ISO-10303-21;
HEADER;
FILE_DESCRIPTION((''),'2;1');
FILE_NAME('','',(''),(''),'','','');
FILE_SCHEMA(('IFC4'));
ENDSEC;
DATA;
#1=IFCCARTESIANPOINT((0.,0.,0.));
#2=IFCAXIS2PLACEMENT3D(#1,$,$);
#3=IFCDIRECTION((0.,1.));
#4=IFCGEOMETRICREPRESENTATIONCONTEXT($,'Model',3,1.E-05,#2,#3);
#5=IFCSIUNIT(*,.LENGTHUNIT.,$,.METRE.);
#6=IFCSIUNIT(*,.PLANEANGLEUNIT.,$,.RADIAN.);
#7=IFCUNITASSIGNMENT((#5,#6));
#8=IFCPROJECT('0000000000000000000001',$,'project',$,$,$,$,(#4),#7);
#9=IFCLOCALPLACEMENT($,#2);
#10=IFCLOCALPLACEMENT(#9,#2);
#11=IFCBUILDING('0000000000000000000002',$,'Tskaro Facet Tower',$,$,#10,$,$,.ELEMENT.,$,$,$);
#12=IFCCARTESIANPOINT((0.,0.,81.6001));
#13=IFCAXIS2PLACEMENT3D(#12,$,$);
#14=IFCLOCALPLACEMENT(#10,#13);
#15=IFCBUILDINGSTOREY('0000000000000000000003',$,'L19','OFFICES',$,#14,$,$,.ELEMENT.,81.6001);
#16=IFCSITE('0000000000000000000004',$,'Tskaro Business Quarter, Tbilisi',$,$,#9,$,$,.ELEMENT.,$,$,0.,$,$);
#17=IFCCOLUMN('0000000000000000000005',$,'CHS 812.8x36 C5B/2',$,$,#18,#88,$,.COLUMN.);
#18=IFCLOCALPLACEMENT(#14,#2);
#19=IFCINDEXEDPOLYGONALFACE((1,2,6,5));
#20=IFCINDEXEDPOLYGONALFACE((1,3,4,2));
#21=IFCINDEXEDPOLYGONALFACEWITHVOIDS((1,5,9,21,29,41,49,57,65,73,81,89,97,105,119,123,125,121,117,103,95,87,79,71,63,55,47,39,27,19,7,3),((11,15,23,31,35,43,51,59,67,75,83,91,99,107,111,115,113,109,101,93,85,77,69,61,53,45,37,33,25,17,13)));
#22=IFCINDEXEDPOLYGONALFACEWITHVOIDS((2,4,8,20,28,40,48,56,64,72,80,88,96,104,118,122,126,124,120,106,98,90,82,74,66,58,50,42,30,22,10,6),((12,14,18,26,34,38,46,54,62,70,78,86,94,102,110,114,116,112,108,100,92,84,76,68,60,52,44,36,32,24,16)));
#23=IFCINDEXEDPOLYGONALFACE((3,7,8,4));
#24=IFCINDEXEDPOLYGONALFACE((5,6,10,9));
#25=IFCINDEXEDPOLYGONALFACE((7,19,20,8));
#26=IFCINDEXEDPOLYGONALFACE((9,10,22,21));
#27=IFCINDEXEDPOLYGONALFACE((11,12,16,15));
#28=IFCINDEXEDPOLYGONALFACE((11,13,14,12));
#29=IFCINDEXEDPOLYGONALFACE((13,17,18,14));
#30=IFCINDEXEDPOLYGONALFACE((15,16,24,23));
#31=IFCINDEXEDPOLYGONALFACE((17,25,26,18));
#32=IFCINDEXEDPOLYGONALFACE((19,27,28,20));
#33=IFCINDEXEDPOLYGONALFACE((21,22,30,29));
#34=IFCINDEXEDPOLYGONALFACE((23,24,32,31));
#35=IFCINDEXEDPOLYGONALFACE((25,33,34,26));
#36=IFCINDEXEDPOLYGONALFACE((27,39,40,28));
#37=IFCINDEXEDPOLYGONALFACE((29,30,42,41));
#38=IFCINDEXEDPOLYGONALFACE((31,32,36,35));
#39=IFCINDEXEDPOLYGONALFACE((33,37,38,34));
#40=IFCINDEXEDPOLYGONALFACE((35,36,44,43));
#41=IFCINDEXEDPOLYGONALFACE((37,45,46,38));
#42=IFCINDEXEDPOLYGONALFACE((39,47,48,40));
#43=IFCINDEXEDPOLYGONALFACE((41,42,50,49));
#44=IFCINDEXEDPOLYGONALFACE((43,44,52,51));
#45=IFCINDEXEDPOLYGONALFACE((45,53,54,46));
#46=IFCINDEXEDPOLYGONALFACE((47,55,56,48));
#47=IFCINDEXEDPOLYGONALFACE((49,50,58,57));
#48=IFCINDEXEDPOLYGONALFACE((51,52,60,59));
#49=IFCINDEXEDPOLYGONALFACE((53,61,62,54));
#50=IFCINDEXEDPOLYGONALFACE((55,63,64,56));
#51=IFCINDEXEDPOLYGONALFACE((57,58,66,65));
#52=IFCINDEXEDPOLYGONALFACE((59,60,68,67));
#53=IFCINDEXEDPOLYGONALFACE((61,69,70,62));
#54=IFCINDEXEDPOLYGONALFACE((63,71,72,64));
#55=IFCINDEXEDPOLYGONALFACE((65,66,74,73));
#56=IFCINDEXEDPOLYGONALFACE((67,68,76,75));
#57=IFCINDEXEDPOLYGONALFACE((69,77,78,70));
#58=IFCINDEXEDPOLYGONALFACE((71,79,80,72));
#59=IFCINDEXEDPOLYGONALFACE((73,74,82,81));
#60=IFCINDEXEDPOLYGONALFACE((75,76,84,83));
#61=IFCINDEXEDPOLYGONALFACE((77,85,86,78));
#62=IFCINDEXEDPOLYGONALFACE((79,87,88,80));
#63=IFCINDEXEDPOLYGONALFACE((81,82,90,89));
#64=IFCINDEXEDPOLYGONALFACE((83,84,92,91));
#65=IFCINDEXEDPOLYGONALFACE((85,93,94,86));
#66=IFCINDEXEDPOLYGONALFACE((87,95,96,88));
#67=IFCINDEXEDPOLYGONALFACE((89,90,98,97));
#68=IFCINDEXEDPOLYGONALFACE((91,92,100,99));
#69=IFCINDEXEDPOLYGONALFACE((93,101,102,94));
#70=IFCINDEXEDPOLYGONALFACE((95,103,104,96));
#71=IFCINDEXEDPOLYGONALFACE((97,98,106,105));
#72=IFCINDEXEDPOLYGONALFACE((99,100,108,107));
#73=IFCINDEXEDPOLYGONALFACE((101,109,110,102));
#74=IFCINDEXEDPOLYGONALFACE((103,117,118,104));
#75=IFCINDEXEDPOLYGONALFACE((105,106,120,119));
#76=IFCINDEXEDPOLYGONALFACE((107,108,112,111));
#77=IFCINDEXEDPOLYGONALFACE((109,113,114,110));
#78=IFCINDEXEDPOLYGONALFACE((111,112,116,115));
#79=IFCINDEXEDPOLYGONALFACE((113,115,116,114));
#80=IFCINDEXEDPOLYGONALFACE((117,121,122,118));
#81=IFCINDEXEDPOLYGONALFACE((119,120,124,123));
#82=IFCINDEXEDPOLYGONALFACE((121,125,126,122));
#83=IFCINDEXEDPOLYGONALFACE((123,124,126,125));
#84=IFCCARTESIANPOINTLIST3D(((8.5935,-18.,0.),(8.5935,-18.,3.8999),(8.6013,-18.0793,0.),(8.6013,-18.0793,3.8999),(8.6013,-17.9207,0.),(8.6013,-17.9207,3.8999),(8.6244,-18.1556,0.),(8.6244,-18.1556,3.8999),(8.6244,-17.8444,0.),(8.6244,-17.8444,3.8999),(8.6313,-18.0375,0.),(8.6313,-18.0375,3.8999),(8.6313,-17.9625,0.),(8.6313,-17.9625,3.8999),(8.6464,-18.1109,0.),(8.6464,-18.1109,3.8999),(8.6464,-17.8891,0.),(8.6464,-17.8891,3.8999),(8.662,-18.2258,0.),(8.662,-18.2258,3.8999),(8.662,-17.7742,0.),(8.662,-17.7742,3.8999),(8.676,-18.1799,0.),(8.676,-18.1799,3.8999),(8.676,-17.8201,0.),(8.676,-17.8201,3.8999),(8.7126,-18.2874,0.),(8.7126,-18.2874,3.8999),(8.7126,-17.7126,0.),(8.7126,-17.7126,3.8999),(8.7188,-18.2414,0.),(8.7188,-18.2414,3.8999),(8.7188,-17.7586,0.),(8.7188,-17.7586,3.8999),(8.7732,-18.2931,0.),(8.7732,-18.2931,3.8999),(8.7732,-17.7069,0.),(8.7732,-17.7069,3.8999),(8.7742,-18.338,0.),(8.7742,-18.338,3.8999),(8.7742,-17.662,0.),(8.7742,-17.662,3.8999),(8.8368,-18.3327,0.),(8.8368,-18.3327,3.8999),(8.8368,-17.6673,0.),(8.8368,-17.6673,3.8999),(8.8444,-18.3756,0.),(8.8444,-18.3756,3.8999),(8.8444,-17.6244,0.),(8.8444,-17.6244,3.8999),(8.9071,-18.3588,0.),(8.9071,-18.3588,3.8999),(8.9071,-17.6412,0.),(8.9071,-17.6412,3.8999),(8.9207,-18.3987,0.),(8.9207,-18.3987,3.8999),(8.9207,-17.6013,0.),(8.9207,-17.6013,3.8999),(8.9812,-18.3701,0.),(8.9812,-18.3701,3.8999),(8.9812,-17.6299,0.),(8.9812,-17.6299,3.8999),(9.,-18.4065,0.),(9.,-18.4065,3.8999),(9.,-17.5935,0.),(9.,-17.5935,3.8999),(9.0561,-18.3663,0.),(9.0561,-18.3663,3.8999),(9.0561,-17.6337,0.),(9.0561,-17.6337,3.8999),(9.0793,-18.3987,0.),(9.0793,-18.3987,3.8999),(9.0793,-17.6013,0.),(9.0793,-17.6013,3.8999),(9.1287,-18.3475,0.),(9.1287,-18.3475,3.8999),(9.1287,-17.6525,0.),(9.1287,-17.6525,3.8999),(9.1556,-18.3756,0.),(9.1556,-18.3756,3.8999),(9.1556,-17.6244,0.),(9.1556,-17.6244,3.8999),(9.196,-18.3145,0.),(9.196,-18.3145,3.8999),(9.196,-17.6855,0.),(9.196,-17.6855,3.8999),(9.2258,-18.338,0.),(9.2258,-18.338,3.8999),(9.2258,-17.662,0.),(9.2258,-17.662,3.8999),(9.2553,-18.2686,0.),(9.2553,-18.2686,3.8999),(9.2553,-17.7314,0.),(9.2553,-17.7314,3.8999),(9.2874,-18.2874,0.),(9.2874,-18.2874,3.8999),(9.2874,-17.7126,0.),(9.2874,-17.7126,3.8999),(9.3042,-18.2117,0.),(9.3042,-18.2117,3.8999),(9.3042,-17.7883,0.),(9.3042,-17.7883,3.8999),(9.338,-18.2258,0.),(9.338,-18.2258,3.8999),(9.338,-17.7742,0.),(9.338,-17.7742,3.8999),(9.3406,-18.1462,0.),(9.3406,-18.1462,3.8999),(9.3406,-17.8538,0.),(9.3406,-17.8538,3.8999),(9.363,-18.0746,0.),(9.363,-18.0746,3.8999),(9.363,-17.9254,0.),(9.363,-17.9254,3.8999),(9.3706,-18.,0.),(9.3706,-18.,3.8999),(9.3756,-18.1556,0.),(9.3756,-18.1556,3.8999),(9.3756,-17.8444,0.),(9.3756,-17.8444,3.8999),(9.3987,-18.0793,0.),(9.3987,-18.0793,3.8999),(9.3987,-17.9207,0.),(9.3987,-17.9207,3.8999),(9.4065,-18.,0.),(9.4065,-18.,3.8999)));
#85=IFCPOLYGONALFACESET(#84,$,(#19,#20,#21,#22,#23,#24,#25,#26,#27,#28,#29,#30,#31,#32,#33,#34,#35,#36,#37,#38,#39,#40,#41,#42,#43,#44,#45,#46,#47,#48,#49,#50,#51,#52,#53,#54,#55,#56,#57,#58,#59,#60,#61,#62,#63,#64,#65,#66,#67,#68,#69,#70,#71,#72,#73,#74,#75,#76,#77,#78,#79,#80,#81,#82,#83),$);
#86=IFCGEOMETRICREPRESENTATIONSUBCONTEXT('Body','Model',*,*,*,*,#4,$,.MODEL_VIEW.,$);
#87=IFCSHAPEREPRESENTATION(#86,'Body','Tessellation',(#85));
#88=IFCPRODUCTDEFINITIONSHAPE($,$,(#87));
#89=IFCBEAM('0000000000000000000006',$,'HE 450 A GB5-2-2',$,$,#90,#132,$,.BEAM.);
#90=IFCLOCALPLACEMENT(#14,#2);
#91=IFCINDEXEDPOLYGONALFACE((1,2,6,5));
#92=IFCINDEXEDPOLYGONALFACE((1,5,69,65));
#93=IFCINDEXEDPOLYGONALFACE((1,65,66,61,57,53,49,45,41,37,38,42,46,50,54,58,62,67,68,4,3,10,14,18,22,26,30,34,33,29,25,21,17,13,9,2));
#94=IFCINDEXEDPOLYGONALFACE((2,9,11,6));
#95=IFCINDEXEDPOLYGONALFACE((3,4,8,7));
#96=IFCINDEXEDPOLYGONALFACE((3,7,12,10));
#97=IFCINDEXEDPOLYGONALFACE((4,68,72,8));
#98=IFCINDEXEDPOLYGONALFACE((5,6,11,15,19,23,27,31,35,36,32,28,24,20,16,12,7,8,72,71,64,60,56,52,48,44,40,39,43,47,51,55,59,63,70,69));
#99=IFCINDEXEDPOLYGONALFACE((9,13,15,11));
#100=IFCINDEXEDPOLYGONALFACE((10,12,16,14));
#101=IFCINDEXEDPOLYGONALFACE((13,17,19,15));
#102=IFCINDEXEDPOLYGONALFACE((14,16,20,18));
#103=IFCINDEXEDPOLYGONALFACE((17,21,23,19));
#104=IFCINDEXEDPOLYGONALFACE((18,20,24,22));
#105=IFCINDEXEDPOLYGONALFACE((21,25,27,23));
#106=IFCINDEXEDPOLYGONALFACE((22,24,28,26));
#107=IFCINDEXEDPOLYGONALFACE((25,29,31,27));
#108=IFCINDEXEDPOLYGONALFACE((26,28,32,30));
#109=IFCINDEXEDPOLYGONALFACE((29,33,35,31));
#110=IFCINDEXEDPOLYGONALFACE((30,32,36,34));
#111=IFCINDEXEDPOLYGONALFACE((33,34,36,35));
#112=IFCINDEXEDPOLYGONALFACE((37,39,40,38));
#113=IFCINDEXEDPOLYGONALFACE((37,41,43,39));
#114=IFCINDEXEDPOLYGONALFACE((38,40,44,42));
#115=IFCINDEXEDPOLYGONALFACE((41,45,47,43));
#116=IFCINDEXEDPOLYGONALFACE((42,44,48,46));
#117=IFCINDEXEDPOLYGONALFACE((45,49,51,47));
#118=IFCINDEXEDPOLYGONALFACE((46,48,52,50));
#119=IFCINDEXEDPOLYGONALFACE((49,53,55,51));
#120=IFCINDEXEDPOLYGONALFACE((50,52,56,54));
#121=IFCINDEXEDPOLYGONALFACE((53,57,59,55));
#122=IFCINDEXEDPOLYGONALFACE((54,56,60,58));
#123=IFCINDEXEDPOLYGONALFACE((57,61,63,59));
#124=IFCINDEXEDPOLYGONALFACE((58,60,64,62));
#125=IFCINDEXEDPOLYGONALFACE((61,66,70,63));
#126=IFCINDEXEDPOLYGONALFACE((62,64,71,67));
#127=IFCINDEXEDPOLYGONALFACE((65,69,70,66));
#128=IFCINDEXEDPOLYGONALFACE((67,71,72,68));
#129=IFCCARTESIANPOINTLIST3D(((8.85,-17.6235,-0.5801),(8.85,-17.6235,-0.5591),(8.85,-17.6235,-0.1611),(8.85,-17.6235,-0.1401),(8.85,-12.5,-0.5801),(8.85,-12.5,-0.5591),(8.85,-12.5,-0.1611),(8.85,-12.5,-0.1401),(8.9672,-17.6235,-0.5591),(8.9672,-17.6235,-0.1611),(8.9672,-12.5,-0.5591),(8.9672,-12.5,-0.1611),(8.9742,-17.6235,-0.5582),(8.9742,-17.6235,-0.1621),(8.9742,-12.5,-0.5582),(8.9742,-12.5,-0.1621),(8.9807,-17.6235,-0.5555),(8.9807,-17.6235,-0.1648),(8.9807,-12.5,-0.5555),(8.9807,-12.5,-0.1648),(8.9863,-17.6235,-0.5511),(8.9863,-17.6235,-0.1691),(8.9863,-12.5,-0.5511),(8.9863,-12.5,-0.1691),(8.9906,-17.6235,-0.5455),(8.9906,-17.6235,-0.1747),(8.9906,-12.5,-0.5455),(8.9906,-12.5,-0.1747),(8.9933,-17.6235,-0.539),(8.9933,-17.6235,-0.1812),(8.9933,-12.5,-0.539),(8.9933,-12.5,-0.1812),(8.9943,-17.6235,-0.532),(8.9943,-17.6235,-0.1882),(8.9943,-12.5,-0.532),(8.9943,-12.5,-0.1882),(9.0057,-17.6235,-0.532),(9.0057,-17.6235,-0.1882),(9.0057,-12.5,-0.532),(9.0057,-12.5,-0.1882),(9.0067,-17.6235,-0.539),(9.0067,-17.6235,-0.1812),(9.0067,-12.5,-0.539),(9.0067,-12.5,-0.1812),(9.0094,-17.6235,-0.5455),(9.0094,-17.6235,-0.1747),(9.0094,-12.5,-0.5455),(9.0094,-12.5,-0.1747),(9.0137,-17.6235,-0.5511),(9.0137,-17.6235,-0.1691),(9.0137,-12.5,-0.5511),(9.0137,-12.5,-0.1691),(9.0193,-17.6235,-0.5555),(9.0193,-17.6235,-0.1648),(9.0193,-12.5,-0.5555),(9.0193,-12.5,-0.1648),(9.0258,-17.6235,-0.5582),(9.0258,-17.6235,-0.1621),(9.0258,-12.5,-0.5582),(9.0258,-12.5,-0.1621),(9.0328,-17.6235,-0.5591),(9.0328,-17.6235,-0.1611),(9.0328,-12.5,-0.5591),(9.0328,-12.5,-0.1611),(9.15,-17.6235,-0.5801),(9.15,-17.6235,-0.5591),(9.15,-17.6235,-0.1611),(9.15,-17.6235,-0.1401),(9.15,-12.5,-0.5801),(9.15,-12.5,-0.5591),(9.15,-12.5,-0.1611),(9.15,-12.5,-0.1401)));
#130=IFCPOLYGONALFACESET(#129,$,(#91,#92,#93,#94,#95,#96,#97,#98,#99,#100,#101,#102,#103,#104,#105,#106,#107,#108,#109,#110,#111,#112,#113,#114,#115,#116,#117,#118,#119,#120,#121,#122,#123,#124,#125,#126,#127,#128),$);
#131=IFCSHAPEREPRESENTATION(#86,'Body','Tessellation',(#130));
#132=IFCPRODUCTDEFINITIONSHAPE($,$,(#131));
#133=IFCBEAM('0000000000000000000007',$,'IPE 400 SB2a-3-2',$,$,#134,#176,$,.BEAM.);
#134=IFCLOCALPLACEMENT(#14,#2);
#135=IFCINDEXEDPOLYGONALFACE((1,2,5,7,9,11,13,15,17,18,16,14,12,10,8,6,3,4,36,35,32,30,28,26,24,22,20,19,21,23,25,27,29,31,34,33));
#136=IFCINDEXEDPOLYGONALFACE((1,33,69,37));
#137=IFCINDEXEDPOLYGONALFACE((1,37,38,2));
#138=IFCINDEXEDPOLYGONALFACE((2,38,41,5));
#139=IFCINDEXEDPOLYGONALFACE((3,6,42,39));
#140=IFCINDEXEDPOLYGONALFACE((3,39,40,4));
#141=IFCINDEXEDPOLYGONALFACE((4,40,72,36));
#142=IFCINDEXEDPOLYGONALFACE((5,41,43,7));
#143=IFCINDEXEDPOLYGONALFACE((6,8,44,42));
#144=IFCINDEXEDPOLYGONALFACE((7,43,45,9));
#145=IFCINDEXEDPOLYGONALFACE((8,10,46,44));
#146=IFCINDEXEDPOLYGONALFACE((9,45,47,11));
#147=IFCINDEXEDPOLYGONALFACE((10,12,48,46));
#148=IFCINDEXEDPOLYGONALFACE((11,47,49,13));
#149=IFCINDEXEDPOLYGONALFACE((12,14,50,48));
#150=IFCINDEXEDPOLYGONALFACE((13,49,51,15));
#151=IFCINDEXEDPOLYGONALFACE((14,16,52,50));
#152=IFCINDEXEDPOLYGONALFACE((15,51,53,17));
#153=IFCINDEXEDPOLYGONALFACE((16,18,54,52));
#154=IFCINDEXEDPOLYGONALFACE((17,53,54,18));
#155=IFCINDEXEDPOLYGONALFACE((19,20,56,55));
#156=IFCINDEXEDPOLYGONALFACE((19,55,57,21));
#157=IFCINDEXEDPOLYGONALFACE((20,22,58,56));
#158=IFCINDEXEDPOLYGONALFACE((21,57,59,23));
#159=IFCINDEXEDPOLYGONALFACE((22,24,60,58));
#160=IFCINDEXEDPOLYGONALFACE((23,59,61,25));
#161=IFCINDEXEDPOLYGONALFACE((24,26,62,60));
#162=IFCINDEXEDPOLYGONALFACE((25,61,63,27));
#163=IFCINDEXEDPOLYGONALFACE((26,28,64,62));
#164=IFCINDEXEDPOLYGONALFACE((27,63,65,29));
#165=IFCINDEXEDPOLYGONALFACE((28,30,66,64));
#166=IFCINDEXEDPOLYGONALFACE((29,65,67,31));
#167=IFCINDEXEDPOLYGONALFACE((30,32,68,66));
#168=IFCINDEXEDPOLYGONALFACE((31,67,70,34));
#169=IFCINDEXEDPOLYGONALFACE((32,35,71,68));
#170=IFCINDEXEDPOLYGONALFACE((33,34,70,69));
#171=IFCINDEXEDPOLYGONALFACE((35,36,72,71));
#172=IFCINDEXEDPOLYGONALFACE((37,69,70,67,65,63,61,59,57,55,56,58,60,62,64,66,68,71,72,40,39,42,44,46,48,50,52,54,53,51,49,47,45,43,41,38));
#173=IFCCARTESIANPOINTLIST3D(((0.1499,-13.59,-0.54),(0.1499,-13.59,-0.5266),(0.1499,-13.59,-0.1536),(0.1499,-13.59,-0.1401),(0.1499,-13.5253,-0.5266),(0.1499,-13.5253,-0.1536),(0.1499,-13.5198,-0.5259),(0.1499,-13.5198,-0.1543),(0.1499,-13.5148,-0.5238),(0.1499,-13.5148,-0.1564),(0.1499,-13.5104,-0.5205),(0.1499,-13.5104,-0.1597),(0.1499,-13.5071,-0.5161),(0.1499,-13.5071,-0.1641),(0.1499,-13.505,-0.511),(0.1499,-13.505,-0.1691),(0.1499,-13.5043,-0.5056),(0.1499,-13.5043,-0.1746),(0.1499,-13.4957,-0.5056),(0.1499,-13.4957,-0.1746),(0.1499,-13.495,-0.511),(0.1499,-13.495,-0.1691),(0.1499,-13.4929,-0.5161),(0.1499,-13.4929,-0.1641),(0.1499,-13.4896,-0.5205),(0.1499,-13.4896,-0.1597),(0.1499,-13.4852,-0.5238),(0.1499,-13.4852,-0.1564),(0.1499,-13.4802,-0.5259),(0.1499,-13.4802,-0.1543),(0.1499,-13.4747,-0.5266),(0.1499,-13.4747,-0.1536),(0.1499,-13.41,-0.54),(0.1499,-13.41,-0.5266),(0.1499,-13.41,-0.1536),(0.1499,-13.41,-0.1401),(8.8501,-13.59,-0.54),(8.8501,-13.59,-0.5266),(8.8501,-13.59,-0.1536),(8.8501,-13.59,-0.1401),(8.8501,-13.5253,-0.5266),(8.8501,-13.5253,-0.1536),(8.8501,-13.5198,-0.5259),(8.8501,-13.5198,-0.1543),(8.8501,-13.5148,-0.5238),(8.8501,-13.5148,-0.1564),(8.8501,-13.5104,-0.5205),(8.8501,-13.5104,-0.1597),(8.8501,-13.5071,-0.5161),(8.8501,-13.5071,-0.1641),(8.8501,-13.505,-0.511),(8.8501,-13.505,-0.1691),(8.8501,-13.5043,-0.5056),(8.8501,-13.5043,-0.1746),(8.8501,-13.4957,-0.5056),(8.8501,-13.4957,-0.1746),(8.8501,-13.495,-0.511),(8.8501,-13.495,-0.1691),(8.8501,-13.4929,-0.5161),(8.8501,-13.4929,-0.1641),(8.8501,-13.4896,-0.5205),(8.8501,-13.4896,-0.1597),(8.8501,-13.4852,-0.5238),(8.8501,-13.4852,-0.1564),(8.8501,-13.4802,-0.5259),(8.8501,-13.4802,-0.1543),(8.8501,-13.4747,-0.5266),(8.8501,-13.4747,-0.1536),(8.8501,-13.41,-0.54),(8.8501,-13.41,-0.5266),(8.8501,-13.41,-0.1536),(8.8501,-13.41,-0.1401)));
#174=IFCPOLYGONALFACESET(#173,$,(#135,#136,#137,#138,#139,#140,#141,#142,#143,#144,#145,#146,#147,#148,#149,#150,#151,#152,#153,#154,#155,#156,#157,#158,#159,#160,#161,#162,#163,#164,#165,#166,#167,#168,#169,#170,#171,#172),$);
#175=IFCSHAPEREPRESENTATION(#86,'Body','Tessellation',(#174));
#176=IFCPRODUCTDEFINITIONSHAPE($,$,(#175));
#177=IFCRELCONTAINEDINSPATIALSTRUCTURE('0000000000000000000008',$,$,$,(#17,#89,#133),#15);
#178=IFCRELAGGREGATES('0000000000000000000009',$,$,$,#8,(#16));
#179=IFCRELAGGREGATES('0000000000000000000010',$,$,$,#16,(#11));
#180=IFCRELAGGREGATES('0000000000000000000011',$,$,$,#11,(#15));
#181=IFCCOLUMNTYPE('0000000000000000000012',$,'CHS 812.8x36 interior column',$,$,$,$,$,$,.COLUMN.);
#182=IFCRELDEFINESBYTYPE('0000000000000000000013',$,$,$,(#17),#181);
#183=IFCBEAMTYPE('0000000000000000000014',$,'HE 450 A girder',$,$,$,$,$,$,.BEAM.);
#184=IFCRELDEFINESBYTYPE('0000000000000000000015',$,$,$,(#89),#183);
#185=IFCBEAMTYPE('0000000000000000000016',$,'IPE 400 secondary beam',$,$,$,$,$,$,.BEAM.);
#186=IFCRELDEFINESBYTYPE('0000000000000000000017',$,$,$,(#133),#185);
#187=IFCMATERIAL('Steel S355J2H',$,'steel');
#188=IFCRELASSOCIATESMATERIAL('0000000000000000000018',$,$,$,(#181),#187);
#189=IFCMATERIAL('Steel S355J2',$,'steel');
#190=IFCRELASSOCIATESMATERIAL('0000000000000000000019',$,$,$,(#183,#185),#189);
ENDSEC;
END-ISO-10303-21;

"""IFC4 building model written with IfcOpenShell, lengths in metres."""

from ifc_helpers import new_model, si_unit, direction, frame, origin, origin_2d, place, context, subcontext, project, spatial, hollow_circle, i_section, extrude, material, material_profile, profile_set, type_object, element, save


model = new_model("IFC4")

# Units and contexts
model_context = context("Model", 3, precision=1e-05, world=origin(), true_north=direction((0.0, 1.0)))
body_context = subcontext(model_context, "Body", "Model", "MODEL_VIEW")
ifc_project = project(units=[si_unit("LENGTHUNIT", "METRE"), si_unit("PLANEANGLEUNIT", "RADIAN")], contexts=[model_context])

# Site, building, storey
site_placement = place(None, origin())
site = spatial("IfcSite", under=ifc_project, at=site_placement, Name="Tskaro Business Quarter, Tbilisi", CompositionType="ELEMENT", RefElevation=0.0)
building_placement = place(site_placement, origin())
building = spatial("IfcBuilding", under=site, at=building_placement, Name="Tskaro Facet Tower", CompositionType="ELEMENT")
storey_placement = place(building_placement, frame((0.0, 0.0, 81.6001)))
storey = spatial("IfcBuildingStorey", under=building, at=storey_placement, Name="L19", Description="OFFICES", CompositionType="ELEMENT", Elevation=81.6001)

# Column
ifc_material_1 = material(Name="Steel S355J2H", Category="steel")
ifc_material_profile_1 = material_profile(ifc_material_1, hollow_circle(Radius=0.4065, WallThickness=0.0359, at=origin_2d()), Name="CHS 812.8x36")
ifc_profile_set_1 = profile_set([ifc_material_profile_1], Name="Steel S355J2H")
column_type = type_object("IfcColumnType", Name="CHS 812.8x36 interior column", PredefinedType="COLUMN", material=ifc_profile_set_1)
column_placement = place(storey_placement, frame((9.0, -18.0, 0.0), z_axis=(0.0, 0.0, 1.0), x_axis=(1.0, 0.0, 0.0)))
element("IfcColumn", 1, at=column_placement, inside=storey, type_object=column_type, Name="CHS 812.8x36 C5B/2", PredefinedType="COLUMN", context=body_context, shape_type="SweptSolid", body=[
    extrude(hollow_circle(Radius=0.4065, WallThickness=0.0359, at=origin_2d()), origin(), (0.0, 0.0, 1.0), 3.8999),
])

# Beams
ifc_material_2 = material(Name="Steel S355J2", Category="steel")
ifc_material_profile_2 = material_profile(ifc_material_2, i_section(OverallWidth=0.3, OverallDepth=0.4399, WebThickness=0.0115, FlangeThickness=0.021, FilletRadius=0.0271, at=origin_2d()), Name="HE 450 A")
ifc_profile_set_2 = profile_set([ifc_material_profile_2], Name="Steel S355J2")
beam_type_1 = type_object("IfcBeamType", Name="HE 450 A girder", PredefinedType="BEAM", material=ifc_profile_set_2)
beam_1_placement = place(storey_placement, frame((9.0, -17.6235, -0.3601), z_axis=(0.0, 1.0, 0.0), x_axis=(-1.0, 0.0, 0.0)))
element("IfcBeam", 2, at=beam_1_placement, inside=storey, type_object=beam_type_1, Name="HE 450 A GB5-2-2", PredefinedType="BEAM", context=body_context, shape_type="SweptSolid", body=[
    extrude(i_section(OverallWidth=0.3, OverallDepth=0.4399, WebThickness=0.0115, FlangeThickness=0.021, FilletRadius=0.0271, at=origin_2d()), origin(), (0.0, 0.0, 1.0), 5.1235),
])
ifc_material_profile_3 = material_profile(ifc_material_2, i_section(OverallWidth=0.1799, OverallDepth=0.3999, WebThickness=0.0085, FlangeThickness=0.0134, FilletRadius=0.021, at=origin_2d()), Name="IPE 400")
ifc_profile_set_3 = profile_set([ifc_material_profile_3], Name="Steel S355J2")
beam_type_2 = type_object("IfcBeamType", Name="IPE 400 secondary beam", PredefinedType="BEAM", material=ifc_profile_set_3)
for number, where, z_axis, x_axis, name in (
    (3, (0.1499, -13.5, -0.3401), (1.0, 0.0, 0.0), (0.0, 1.0, 0.0), "IPE 400 SB2a-3-2"),
):
    element("IfcBeam", number, at=place(storey_placement, frame(where, z_axis=z_axis, x_axis=x_axis)), inside=storey, type_object=beam_type_2, Name=name, PredefinedType="BEAM", context=body_context, shape_type="SweptSolid", body=[
        extrude(i_section(OverallWidth=0.1799, OverallDepth=0.3999, WebThickness=0.0085, FlangeThickness=0.0134, FilletRadius=0.021, at=origin_2d()), origin(), (0.0, 0.0, 1.0), 8.7002),
    ])

save(model, "model.ifc")
